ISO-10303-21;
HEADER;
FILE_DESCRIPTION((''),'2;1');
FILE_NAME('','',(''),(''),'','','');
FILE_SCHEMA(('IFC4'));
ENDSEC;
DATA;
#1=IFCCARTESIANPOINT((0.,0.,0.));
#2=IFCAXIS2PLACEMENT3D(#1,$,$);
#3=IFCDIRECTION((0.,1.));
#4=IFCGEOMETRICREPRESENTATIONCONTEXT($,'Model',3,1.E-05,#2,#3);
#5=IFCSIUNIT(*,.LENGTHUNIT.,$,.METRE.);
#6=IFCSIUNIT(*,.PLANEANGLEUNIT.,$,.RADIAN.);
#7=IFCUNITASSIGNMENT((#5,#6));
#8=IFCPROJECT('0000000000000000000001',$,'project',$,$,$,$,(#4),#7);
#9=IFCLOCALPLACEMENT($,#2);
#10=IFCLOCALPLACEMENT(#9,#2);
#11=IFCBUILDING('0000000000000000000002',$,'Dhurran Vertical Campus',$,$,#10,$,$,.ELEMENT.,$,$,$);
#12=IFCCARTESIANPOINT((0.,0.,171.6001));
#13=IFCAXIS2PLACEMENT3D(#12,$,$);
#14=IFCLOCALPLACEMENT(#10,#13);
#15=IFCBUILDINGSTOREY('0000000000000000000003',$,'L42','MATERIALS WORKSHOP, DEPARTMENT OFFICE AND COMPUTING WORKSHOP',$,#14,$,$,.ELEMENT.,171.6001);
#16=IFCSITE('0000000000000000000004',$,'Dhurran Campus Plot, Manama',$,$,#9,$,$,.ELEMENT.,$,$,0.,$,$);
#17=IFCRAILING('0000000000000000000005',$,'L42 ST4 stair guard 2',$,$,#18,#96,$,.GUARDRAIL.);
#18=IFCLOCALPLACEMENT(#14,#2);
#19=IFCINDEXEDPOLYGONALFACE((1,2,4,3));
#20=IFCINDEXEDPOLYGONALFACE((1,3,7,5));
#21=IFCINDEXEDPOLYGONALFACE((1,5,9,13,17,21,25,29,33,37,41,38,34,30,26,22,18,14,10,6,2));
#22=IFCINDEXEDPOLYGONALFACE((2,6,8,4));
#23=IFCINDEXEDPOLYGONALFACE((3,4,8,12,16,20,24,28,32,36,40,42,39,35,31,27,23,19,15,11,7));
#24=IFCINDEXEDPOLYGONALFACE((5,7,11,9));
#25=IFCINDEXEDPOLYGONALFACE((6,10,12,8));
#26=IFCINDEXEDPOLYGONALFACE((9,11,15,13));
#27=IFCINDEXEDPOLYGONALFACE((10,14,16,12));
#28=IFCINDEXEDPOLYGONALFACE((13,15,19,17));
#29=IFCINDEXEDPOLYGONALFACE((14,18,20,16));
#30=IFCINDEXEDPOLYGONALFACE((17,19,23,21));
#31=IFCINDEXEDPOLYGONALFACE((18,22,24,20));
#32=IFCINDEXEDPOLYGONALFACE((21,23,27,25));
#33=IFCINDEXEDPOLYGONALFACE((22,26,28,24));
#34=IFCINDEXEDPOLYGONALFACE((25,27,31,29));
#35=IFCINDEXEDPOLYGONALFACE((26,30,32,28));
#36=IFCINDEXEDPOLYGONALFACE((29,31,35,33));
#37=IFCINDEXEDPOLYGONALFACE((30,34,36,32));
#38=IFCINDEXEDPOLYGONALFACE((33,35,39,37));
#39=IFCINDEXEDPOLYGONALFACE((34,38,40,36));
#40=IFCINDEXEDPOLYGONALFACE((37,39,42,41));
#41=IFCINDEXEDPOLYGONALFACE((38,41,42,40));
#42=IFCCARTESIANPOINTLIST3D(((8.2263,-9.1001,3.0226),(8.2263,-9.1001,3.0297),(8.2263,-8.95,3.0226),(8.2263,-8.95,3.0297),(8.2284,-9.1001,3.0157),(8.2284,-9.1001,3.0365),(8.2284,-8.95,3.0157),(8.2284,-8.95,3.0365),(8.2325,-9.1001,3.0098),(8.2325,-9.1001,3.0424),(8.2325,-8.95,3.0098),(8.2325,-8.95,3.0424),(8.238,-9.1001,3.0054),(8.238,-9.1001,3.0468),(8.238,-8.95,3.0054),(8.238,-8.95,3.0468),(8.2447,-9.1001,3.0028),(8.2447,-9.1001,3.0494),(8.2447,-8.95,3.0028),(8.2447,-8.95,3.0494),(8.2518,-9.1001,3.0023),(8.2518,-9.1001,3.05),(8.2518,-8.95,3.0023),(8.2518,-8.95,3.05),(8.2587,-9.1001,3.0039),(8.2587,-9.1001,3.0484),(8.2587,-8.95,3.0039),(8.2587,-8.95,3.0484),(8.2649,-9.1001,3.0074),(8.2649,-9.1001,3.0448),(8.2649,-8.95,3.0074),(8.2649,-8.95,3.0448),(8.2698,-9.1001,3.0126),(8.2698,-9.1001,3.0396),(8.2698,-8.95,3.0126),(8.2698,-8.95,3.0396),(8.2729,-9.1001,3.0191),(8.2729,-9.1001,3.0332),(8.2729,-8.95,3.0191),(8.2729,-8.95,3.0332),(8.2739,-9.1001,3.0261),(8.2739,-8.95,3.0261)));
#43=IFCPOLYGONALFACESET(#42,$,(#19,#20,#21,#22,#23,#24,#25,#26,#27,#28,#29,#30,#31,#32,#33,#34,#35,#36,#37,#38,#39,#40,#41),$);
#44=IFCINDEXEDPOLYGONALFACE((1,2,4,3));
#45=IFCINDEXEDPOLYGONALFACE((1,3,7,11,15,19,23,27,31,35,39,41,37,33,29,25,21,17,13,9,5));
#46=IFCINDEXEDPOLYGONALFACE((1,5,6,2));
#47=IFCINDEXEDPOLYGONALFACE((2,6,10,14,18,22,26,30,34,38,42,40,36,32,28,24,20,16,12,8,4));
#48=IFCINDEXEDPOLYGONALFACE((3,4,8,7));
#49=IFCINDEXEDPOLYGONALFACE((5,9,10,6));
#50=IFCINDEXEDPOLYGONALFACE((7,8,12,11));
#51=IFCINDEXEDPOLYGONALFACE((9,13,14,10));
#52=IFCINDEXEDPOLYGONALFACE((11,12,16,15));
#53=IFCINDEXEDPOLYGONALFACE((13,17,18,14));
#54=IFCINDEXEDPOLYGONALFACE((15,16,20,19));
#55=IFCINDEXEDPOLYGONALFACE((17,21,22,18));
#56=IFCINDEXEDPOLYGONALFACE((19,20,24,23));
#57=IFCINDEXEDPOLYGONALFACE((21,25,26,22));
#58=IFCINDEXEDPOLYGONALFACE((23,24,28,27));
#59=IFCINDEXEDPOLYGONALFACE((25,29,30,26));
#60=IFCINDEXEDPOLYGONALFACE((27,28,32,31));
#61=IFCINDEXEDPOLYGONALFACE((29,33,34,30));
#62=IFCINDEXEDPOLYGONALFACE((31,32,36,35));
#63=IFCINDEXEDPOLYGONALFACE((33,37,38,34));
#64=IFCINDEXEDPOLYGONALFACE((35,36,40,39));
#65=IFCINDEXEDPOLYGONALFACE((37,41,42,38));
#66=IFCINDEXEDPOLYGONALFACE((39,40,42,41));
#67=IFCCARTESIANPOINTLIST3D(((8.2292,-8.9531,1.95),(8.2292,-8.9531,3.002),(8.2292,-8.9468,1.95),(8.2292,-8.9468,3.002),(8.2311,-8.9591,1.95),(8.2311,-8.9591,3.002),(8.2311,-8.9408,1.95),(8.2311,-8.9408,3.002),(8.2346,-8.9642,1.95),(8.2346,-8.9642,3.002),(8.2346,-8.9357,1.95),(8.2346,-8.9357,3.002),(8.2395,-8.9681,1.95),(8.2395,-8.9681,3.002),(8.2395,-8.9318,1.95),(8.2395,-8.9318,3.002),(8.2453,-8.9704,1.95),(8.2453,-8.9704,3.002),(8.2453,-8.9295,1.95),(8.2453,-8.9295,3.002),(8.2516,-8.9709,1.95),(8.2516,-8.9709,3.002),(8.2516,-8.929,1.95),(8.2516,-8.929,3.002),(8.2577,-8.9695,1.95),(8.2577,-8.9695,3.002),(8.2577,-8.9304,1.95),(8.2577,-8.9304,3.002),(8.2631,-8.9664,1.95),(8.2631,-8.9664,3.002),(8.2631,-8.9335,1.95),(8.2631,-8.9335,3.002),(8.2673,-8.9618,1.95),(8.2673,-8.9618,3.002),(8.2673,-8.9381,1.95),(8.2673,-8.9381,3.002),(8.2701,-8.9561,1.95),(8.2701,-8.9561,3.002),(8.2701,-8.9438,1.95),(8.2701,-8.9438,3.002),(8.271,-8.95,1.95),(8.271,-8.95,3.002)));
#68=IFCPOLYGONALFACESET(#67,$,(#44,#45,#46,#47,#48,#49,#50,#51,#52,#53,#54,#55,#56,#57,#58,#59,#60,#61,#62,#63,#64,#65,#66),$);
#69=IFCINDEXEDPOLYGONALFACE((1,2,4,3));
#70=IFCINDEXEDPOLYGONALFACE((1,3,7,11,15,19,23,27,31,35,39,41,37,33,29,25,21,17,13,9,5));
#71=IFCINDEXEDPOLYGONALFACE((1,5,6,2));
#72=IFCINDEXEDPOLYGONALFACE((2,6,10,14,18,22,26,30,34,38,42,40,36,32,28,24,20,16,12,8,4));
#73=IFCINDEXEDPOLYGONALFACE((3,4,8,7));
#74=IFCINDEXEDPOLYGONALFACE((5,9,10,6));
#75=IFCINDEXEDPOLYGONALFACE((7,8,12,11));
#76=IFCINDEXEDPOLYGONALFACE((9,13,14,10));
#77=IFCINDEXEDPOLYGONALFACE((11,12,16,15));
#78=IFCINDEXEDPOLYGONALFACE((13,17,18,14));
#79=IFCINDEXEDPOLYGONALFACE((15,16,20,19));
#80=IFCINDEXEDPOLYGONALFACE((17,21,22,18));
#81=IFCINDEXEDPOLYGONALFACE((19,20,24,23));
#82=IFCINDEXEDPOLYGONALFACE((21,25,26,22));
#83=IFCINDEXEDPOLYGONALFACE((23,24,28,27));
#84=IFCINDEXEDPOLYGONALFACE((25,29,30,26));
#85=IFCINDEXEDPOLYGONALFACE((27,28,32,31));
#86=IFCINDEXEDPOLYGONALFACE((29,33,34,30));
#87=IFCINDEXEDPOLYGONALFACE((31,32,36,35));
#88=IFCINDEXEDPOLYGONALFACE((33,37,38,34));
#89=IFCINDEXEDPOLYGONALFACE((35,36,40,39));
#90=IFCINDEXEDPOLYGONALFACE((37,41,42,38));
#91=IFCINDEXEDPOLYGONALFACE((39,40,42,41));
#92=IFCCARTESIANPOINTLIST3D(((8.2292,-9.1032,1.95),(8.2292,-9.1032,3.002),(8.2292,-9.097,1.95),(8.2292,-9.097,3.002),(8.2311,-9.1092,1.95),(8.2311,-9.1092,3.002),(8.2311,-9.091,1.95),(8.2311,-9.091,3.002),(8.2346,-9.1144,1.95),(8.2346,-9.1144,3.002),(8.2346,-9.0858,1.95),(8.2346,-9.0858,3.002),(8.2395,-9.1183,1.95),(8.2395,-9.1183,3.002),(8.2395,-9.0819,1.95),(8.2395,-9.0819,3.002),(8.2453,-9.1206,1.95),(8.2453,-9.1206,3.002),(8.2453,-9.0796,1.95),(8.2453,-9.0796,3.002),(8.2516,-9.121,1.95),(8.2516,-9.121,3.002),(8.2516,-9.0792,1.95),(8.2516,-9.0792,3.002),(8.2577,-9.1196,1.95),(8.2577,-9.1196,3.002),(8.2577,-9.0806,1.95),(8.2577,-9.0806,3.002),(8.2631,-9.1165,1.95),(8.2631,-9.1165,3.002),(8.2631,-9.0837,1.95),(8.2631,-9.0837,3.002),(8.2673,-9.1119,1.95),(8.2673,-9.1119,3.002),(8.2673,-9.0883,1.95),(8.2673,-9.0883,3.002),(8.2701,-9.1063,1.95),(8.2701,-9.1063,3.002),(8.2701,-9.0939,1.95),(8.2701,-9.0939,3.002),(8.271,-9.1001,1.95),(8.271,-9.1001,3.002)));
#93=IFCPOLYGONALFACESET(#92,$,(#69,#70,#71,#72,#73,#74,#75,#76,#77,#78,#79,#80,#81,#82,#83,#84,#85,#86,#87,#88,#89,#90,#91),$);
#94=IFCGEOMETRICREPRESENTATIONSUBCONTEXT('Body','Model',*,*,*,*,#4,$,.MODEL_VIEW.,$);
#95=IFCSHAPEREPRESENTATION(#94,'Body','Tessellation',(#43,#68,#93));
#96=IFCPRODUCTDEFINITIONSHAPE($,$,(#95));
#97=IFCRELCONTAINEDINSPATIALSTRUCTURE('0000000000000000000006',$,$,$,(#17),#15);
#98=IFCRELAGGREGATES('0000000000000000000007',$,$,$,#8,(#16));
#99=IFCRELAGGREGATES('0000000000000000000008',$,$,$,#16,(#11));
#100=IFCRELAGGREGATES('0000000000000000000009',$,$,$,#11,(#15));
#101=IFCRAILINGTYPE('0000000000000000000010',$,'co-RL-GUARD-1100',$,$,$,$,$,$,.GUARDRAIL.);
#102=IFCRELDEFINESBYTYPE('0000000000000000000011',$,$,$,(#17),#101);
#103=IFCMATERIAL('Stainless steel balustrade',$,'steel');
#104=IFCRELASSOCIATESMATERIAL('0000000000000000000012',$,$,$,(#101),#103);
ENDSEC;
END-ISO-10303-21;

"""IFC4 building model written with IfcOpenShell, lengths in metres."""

from ifc_helpers import new_model, si_unit, direction, frame, origin, origin_2d, place, context, subcontext, project, spatial, circle, extrude, material, type_object, element, save


model = new_model("IFC4")

# Units and contexts
model_context = context("Model", 3, precision=1e-05, world=origin(), true_north=direction((0.0, 1.0)))
body_context = subcontext(model_context, "Body", "Model", "MODEL_VIEW")
ifc_project = project(units=[si_unit("LENGTHUNIT", "METRE"), si_unit("PLANEANGLEUNIT", "RADIAN")], contexts=[model_context])

# Site, building, storey
site_placement = place(None, origin())
site = spatial("IfcSite", under=ifc_project, at=site_placement, Name="Dhurran Campus Plot, Manama", CompositionType="ELEMENT", RefElevation=0.0)
building_placement = place(site_placement, origin())
building = spatial("IfcBuilding", under=site, at=building_placement, Name="Dhurran Vertical Campus", CompositionType="ELEMENT")
storey_placement = place(building_placement, frame((0.0, 0.0, 171.6001)))
storey = spatial("IfcBuildingStorey", under=building, at=storey_placement, Name="L42", Description="MATERIALS WORKSHOP, DEPARTMENT OFFICE AND COMPUTING WORKSHOP", CompositionType="ELEMENT", Elevation=171.6001)

# Railing
ifc_material_1 = material(Name="Stainless steel balustrade", Category="steel")
railing_type_1 = type_object("IfcRailingType", Name="co-RL-GUARD-1100", PredefinedType="GUARDRAIL", material=ifc_material_1)
railing_1_placement = place(storey_placement, frame((8.25, -8.95, 1.95)))
element("IfcRailing", 1, at=railing_1_placement, inside=storey, type_object=railing_type_1, Name="L42 ST4 stair guard 2", PredefinedType="GUARDRAIL", context=body_context, shape_type="SweptSolid", body=[
    extrude(circle(Radius=0.0239, at=origin_2d()), frame((0.0, 0.0, 1.0762), z_axis=(0.0, -1.0, 0.0), x_axis=(1.0, 0.0, 0.0)), (0.0, 0.0, 1.0), 0.1501),
    extrude(circle(Radius=0.021, at=origin_2d()), origin(), (0.0, 0.0, 1.0), 1.052),
    extrude(circle(Radius=0.021, at=origin_2d()), frame((0.0, -0.1501, 0.0)), (0.0, 0.0, 1.0), 1.052),
])

save(model, "model.ifc")
